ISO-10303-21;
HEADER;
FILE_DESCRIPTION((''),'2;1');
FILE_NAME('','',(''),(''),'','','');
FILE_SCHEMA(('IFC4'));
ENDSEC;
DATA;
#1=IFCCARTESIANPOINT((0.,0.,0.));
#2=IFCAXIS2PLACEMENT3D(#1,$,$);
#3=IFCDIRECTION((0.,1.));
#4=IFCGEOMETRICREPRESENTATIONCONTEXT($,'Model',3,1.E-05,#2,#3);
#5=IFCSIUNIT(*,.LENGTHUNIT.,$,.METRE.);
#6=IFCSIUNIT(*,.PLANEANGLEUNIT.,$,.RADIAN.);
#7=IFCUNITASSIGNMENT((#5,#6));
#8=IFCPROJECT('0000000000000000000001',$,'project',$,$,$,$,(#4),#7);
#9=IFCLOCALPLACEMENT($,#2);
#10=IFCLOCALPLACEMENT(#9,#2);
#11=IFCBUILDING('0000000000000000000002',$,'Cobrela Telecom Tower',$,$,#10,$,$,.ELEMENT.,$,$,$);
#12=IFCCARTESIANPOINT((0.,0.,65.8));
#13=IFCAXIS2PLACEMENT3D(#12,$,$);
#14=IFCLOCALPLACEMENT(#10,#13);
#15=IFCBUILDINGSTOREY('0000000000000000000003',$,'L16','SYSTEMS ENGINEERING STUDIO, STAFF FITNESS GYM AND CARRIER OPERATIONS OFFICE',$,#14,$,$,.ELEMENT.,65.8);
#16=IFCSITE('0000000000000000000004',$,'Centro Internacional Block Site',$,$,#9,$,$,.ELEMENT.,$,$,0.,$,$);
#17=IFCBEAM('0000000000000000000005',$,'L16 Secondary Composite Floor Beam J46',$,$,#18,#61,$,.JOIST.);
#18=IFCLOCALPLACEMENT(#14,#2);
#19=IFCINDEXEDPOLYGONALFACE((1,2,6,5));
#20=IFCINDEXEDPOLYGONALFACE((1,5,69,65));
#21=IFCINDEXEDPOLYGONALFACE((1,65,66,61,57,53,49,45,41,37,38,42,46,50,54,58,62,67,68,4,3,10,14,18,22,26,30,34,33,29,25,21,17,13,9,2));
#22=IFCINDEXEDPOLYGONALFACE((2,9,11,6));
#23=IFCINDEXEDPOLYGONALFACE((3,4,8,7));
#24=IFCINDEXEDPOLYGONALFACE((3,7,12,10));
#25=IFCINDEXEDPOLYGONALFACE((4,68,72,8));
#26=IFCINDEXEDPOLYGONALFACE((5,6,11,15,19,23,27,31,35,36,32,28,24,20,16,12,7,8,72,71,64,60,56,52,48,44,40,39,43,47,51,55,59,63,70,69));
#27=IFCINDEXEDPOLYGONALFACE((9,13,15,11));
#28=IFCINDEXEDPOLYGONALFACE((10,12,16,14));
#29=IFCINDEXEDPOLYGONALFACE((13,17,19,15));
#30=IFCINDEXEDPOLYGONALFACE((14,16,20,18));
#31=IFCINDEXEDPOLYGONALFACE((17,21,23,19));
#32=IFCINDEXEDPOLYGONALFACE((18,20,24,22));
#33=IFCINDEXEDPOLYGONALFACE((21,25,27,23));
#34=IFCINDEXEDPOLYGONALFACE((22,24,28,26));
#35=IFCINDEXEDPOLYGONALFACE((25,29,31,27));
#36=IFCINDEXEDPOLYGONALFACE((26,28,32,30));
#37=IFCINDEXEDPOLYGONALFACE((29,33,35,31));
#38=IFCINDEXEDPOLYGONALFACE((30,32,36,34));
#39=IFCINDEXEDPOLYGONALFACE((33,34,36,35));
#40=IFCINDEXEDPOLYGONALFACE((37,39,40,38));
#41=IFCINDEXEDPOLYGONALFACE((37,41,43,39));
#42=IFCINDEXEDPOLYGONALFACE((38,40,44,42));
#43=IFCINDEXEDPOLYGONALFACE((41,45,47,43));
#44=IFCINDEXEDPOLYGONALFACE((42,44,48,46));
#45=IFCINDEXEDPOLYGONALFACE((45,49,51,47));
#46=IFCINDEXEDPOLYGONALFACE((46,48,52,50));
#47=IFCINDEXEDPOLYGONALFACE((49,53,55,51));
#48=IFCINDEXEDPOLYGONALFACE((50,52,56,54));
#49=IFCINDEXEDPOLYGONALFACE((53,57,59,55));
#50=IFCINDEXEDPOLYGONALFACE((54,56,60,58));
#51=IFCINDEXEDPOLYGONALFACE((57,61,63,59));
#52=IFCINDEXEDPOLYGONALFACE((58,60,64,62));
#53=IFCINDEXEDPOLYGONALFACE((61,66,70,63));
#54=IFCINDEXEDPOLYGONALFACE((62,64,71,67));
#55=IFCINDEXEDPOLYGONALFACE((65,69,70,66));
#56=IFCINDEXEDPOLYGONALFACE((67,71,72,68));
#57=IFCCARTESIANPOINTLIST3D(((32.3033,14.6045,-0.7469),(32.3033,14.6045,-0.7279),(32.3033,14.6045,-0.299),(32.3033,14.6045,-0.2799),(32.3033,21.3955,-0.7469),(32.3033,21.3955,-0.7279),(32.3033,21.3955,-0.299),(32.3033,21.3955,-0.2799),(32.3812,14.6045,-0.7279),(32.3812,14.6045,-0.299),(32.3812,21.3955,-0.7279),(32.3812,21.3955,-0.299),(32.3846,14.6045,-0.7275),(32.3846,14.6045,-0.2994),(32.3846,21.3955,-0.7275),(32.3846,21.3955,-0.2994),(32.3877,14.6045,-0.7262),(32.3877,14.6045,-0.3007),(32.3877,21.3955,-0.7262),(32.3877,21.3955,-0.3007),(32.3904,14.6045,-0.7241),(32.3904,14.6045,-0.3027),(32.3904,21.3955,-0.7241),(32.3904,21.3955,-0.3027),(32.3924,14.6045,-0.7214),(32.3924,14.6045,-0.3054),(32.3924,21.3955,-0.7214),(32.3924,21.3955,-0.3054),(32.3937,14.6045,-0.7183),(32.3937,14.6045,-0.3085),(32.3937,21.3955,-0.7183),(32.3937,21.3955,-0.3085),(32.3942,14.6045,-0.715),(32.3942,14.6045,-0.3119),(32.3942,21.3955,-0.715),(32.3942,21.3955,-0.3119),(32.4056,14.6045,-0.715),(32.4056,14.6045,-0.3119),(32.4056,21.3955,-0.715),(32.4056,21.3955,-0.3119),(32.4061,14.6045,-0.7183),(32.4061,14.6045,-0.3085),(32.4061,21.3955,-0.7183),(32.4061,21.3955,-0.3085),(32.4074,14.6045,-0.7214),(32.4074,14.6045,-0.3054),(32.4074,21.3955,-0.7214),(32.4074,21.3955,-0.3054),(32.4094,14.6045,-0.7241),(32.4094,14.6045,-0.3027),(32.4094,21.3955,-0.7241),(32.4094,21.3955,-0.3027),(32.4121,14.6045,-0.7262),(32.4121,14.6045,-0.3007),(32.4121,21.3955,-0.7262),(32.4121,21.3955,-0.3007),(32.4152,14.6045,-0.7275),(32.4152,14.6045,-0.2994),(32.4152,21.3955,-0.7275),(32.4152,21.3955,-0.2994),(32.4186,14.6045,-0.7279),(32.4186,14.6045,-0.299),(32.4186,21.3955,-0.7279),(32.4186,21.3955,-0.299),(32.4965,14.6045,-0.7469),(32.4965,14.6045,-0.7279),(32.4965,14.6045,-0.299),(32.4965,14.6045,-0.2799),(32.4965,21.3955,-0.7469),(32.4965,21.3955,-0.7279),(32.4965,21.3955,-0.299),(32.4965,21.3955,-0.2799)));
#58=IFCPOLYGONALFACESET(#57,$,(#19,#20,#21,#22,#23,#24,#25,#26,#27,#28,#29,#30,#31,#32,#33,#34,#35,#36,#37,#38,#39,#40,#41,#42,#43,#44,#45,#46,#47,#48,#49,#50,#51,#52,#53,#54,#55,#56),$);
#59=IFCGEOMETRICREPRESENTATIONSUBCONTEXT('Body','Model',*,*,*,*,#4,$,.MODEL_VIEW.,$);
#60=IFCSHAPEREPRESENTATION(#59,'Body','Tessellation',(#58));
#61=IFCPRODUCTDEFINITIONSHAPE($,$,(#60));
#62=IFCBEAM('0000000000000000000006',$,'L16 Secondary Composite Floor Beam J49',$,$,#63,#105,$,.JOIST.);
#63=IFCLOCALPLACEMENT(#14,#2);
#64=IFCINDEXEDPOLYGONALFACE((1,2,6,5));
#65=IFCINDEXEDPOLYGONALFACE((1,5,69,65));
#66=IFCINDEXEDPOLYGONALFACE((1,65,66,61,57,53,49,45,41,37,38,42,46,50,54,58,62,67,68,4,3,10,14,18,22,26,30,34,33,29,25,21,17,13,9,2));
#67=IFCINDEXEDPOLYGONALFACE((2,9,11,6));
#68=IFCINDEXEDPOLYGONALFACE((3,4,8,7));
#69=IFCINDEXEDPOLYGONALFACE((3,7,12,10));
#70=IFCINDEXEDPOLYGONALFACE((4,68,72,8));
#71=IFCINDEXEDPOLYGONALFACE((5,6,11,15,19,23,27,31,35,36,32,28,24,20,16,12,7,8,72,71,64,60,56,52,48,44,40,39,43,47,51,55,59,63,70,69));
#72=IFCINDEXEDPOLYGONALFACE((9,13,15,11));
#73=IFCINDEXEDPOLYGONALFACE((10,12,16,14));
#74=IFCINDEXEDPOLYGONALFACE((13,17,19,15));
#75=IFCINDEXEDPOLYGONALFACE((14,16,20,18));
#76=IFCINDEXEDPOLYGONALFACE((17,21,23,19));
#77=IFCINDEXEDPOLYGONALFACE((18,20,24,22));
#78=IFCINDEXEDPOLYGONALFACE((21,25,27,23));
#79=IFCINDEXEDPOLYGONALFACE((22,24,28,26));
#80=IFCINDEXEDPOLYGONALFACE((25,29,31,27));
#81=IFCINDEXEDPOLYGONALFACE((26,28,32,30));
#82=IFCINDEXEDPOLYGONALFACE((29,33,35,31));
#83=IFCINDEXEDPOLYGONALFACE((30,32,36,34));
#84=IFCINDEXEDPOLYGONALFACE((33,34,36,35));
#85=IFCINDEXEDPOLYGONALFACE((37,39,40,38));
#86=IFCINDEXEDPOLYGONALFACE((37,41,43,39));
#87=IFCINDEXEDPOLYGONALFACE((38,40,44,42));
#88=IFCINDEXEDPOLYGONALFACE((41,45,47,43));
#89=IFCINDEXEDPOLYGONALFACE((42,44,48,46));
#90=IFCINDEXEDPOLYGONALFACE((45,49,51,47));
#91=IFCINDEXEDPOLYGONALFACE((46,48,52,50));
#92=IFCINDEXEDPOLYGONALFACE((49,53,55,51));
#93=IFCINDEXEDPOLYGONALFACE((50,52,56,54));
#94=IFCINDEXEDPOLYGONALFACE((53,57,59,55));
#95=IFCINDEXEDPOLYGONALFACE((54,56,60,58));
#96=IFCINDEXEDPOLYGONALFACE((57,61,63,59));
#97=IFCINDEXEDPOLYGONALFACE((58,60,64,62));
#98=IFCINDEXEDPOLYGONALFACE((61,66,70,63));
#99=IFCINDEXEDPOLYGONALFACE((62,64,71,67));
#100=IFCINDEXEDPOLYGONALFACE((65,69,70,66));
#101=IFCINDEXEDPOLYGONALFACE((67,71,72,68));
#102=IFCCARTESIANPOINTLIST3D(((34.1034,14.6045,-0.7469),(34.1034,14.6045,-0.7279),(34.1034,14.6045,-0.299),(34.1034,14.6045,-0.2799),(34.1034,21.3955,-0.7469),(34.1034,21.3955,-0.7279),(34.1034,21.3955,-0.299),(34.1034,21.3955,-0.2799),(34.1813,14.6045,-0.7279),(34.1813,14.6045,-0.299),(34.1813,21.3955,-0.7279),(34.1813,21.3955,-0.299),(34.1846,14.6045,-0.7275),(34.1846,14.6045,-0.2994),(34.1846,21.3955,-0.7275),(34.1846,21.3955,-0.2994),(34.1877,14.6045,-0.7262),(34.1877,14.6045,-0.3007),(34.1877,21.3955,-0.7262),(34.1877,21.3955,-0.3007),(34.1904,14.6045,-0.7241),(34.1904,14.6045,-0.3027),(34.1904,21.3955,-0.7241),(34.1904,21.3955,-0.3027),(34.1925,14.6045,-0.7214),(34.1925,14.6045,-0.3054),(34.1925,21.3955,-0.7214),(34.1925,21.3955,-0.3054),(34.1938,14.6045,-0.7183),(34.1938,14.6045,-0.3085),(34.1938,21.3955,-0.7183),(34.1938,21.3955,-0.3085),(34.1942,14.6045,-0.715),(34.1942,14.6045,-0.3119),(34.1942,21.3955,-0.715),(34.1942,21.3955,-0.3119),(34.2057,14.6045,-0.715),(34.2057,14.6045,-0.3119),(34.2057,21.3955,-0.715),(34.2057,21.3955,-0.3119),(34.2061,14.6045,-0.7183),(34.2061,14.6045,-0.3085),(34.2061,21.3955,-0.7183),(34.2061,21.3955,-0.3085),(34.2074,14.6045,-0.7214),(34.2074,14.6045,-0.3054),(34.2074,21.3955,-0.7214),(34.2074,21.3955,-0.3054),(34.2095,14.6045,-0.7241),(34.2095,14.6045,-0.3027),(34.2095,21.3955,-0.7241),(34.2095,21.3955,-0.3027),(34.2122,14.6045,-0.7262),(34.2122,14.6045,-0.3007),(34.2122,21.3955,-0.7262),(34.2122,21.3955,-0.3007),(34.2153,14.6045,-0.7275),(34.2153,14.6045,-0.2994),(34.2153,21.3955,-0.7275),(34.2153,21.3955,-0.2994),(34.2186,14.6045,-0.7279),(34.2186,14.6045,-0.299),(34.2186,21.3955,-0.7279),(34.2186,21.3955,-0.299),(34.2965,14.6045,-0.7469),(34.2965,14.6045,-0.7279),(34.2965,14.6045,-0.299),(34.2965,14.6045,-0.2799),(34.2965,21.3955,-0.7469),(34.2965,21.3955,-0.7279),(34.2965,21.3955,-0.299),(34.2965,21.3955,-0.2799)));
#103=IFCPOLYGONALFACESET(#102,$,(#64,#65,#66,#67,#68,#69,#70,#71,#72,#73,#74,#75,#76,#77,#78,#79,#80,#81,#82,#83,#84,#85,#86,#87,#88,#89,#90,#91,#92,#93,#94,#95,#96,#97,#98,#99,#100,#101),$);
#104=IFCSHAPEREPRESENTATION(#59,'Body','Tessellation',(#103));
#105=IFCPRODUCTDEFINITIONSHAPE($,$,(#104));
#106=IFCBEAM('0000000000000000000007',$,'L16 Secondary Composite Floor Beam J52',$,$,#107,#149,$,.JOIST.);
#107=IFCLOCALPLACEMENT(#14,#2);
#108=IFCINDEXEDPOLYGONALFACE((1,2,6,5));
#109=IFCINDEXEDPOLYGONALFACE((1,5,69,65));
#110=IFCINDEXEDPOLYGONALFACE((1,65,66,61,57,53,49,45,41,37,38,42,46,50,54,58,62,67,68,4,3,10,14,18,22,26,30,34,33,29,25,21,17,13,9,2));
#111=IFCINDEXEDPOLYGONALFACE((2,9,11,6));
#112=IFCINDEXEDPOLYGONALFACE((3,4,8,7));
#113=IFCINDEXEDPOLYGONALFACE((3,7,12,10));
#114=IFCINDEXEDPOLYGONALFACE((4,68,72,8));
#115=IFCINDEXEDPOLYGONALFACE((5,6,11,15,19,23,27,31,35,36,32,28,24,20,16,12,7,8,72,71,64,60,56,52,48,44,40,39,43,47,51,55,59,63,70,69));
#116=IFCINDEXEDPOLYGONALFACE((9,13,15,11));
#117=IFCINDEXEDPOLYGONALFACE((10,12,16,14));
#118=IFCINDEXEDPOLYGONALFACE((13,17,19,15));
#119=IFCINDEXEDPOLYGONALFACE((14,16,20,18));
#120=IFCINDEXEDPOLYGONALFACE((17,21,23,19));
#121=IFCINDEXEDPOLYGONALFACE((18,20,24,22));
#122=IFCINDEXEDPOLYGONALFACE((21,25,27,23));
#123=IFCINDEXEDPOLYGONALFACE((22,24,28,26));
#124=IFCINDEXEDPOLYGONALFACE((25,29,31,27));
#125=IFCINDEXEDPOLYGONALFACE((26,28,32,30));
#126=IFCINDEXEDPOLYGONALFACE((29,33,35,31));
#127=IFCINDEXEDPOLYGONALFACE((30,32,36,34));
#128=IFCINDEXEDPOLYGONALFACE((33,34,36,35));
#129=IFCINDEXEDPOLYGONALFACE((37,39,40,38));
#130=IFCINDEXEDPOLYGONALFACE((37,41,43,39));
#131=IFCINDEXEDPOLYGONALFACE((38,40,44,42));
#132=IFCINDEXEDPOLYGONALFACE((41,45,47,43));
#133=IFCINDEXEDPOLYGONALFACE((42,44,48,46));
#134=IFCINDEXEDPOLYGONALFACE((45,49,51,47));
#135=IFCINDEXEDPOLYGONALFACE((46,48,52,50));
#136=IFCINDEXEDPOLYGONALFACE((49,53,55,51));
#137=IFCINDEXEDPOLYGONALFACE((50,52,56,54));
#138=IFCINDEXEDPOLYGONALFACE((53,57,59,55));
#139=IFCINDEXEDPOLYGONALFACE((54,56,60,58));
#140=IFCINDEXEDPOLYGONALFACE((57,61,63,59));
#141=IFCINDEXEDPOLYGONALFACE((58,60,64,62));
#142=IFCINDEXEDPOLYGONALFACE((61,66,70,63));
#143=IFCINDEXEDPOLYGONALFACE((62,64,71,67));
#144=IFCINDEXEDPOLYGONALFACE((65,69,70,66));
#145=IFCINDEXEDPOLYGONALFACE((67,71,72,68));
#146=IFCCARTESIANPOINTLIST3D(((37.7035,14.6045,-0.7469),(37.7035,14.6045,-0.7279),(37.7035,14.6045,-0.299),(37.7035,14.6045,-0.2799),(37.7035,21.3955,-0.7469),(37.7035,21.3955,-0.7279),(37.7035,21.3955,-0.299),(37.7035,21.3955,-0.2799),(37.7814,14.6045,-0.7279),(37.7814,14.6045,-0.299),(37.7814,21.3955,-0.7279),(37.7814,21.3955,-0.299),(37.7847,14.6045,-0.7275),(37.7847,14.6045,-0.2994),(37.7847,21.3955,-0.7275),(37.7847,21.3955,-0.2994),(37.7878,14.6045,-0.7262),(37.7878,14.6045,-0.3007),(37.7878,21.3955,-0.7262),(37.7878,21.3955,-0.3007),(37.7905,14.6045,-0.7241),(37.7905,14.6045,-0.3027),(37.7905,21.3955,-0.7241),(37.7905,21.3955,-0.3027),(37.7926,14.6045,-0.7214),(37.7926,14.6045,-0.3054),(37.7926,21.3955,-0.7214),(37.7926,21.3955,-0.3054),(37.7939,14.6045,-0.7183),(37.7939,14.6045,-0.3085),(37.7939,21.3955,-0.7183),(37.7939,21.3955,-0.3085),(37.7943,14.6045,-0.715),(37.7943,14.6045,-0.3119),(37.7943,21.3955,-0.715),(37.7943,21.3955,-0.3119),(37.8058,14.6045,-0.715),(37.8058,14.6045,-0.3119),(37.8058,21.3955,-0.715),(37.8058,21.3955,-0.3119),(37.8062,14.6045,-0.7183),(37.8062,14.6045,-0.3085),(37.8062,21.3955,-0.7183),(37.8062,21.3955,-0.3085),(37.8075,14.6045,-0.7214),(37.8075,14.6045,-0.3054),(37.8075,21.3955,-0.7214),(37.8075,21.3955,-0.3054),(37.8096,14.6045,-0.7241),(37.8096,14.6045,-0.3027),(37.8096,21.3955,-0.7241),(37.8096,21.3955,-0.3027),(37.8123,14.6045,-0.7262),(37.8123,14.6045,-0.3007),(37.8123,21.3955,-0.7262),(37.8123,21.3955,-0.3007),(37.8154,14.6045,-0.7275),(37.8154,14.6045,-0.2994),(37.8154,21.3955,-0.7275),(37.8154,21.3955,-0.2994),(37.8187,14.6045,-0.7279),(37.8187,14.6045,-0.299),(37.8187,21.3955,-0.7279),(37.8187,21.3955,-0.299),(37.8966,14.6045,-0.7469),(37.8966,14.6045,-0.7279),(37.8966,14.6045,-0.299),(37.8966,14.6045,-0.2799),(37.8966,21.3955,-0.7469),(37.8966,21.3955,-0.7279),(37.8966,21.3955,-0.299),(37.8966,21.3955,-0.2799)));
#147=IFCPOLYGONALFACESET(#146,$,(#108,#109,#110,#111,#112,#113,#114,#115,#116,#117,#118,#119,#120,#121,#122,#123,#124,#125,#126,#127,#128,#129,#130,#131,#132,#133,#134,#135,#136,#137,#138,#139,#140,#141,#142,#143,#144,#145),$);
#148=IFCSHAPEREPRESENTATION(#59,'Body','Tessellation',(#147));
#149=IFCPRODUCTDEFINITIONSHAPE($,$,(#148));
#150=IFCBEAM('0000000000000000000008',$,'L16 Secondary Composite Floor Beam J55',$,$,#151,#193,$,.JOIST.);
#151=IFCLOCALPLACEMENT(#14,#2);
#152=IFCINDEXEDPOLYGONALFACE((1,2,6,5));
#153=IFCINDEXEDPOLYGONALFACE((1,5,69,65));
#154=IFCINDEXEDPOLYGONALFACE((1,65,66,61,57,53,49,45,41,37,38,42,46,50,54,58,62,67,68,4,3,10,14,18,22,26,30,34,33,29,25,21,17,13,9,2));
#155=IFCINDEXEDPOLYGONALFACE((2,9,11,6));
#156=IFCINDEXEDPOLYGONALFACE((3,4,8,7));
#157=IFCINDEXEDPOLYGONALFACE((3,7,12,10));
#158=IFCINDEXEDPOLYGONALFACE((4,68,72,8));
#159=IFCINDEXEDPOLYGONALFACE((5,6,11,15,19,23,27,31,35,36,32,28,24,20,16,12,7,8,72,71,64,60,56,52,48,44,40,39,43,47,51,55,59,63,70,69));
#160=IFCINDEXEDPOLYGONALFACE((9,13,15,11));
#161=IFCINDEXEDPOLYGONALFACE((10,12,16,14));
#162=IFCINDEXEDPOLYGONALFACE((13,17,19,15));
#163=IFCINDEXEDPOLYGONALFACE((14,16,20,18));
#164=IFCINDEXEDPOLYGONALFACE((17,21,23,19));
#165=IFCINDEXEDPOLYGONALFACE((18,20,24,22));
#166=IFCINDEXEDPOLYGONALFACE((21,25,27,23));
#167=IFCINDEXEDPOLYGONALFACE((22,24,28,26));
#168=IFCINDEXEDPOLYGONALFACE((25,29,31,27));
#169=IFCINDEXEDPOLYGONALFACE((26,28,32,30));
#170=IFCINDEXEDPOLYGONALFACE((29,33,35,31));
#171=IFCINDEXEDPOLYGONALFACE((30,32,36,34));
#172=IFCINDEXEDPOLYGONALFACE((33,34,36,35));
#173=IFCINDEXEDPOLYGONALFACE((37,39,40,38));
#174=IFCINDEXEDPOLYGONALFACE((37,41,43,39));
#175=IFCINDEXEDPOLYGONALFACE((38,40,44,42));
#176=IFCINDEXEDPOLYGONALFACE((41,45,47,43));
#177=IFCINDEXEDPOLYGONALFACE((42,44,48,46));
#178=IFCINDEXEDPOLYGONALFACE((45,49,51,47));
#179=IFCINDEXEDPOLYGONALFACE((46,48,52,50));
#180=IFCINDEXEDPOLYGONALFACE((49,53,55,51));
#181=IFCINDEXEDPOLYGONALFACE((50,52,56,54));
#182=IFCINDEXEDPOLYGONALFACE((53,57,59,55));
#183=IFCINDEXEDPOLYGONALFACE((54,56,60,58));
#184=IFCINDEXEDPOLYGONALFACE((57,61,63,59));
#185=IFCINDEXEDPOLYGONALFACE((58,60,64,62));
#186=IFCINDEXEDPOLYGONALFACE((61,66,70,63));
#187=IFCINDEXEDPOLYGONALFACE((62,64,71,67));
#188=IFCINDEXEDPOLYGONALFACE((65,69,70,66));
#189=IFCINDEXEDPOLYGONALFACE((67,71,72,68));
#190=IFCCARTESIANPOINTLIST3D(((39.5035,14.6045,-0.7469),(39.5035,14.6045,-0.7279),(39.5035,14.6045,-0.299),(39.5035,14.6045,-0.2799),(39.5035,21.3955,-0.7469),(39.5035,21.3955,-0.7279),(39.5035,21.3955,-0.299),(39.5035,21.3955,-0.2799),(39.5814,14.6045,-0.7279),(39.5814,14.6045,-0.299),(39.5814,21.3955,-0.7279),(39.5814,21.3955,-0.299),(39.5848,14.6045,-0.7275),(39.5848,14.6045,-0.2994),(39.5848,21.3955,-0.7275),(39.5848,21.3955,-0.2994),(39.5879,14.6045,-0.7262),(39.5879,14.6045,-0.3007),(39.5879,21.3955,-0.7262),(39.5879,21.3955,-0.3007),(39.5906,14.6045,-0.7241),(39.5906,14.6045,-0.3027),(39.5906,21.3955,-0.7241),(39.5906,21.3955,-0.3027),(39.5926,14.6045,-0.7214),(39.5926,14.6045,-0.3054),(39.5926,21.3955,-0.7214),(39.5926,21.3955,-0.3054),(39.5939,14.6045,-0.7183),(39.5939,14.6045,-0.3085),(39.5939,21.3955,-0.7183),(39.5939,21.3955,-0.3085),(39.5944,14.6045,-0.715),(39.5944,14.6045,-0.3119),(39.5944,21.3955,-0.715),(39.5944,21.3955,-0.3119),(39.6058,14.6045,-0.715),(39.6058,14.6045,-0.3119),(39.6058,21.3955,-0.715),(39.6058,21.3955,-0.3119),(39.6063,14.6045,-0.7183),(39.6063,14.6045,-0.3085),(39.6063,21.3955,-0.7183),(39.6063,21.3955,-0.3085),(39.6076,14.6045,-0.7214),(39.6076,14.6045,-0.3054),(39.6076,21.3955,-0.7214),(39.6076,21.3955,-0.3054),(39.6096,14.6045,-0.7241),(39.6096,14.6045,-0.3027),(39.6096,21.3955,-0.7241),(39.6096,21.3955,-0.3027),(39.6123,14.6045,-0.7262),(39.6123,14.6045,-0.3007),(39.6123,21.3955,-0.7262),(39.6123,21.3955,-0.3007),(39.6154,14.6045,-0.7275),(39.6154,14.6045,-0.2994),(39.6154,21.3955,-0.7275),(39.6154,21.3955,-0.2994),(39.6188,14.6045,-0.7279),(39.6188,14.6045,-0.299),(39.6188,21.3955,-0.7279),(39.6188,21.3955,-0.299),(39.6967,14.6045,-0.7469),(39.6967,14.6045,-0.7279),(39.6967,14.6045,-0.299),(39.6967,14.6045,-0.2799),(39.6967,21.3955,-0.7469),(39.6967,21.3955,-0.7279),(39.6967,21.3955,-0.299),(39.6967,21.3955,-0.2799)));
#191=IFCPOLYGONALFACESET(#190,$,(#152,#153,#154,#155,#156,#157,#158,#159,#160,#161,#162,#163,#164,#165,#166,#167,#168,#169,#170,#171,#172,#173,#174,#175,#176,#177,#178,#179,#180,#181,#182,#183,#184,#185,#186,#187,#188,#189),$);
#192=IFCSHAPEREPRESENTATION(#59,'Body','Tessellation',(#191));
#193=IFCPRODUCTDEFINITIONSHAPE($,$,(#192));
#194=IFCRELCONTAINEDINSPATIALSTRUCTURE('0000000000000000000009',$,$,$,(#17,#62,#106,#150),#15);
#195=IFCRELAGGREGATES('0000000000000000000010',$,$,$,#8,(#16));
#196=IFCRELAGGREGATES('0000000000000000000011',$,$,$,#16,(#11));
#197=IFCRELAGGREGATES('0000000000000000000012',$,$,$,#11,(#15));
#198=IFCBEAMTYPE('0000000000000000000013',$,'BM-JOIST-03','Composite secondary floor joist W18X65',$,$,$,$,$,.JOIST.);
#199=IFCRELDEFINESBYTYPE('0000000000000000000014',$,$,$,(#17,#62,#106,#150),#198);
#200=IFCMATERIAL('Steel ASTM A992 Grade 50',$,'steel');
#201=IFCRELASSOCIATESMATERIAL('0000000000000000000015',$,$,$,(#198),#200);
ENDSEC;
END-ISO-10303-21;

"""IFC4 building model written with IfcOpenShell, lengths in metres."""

from ifc_helpers import new_model, si_unit, direction, frame, origin, origin_2d, place, context, subcontext, project, spatial, i_section, extrude, material, material_profile, profile_set, type_object, element, save


model = new_model("IFC4")

# Units and contexts
model_context = context("Model", 3, precision=1e-05, world=origin(), true_north=direction((0.0, 1.0)))
body_context = subcontext(model_context, "Body", "Model", "MODEL_VIEW")
ifc_project = project(units=[si_unit("LENGTHUNIT", "METRE"), si_unit("PLANEANGLEUNIT", "RADIAN")], contexts=[model_context])

# Site, building, storey
site_placement = place(None, origin())
site = spatial("IfcSite", under=ifc_project, at=site_placement, Name="Centro Internacional Block Site", CompositionType="ELEMENT", RefElevation=0.0)
building_placement = place(site_placement, origin())
building = spatial("IfcBuilding", under=site, at=building_placement, Name="Cobrela Telecom Tower", CompositionType="ELEMENT")
storey_placement = place(building_placement, frame((0.0, 0.0, 65.8)))
storey = spatial("IfcBuildingStorey", under=building, at=storey_placement, Name="L16", Description="SYSTEMS ENGINEERING STUDIO, STAFF FITNESS GYM AND CARRIER OPERATIONS OFFICE", CompositionType="ELEMENT", Elevation=65.8)

# Shared definitions
ifc_material_1 = material(Name="Steel ASTM A992 Grade 50", Category="steel")

# Beams
ifc_material_profile_1 = material_profile(ifc_material_1, i_section(OverallWidth=0.1931, OverallDepth=0.467, WebThickness=0.0115, FlangeThickness=0.019, FilletRadius=0.0129, at=origin_2d()), Name="W18X65")
ifc_profile_set_1 = profile_set([ifc_material_profile_1], Name="Steel ASTM A992 Grade 50")
beam_type_1 = type_object("IfcBeamType", Name="BM-JOIST-03", Description="Composite secondary floor joist W18X65", PredefinedType="JOIST", material=ifc_profile_set_1)
for number, where, z_axis, x_axis, name in (
    (1, (32.3999, 14.6045, -0.5134), (0.0, 1.0, 0.0), (-1.0, 0.0, 0.0), "L16 Secondary Composite Floor Beam J46"),
    (2, (34.2, 14.6045, -0.5134), (0.0, 1.0, 0.0), (-1.0, 0.0, 0.0), "L16 Secondary Composite Floor Beam J49"),
    (3, (37.8, 14.6045, -0.5134), (0.0, 1.0, 0.0), (-1.0, 0.0, 0.0), "L16 Secondary Composite Floor Beam J52"),
    (4, (39.6001, 14.6045, -0.5134), (0.0, 1.0, 0.0), (-1.0, 0.0, 0.0), "L16 Secondary Composite Floor Beam J55"),
):
    element("IfcBeam", number, at=place(storey_placement, frame(where, z_axis=z_axis, x_axis=x_axis)), inside=storey, type_object=beam_type_1, Name=name, PredefinedType="JOIST", context=body_context, shape_type="SweptSolid", body=[
        extrude(i_section(OverallWidth=0.1931, OverallDepth=0.467, WebThickness=0.0115, FlangeThickness=0.019, FilletRadius=0.0129, at=origin_2d()), origin(), (0.0, 0.0, 1.0), 6.791),
    ])

save(model, "model.ifc")
